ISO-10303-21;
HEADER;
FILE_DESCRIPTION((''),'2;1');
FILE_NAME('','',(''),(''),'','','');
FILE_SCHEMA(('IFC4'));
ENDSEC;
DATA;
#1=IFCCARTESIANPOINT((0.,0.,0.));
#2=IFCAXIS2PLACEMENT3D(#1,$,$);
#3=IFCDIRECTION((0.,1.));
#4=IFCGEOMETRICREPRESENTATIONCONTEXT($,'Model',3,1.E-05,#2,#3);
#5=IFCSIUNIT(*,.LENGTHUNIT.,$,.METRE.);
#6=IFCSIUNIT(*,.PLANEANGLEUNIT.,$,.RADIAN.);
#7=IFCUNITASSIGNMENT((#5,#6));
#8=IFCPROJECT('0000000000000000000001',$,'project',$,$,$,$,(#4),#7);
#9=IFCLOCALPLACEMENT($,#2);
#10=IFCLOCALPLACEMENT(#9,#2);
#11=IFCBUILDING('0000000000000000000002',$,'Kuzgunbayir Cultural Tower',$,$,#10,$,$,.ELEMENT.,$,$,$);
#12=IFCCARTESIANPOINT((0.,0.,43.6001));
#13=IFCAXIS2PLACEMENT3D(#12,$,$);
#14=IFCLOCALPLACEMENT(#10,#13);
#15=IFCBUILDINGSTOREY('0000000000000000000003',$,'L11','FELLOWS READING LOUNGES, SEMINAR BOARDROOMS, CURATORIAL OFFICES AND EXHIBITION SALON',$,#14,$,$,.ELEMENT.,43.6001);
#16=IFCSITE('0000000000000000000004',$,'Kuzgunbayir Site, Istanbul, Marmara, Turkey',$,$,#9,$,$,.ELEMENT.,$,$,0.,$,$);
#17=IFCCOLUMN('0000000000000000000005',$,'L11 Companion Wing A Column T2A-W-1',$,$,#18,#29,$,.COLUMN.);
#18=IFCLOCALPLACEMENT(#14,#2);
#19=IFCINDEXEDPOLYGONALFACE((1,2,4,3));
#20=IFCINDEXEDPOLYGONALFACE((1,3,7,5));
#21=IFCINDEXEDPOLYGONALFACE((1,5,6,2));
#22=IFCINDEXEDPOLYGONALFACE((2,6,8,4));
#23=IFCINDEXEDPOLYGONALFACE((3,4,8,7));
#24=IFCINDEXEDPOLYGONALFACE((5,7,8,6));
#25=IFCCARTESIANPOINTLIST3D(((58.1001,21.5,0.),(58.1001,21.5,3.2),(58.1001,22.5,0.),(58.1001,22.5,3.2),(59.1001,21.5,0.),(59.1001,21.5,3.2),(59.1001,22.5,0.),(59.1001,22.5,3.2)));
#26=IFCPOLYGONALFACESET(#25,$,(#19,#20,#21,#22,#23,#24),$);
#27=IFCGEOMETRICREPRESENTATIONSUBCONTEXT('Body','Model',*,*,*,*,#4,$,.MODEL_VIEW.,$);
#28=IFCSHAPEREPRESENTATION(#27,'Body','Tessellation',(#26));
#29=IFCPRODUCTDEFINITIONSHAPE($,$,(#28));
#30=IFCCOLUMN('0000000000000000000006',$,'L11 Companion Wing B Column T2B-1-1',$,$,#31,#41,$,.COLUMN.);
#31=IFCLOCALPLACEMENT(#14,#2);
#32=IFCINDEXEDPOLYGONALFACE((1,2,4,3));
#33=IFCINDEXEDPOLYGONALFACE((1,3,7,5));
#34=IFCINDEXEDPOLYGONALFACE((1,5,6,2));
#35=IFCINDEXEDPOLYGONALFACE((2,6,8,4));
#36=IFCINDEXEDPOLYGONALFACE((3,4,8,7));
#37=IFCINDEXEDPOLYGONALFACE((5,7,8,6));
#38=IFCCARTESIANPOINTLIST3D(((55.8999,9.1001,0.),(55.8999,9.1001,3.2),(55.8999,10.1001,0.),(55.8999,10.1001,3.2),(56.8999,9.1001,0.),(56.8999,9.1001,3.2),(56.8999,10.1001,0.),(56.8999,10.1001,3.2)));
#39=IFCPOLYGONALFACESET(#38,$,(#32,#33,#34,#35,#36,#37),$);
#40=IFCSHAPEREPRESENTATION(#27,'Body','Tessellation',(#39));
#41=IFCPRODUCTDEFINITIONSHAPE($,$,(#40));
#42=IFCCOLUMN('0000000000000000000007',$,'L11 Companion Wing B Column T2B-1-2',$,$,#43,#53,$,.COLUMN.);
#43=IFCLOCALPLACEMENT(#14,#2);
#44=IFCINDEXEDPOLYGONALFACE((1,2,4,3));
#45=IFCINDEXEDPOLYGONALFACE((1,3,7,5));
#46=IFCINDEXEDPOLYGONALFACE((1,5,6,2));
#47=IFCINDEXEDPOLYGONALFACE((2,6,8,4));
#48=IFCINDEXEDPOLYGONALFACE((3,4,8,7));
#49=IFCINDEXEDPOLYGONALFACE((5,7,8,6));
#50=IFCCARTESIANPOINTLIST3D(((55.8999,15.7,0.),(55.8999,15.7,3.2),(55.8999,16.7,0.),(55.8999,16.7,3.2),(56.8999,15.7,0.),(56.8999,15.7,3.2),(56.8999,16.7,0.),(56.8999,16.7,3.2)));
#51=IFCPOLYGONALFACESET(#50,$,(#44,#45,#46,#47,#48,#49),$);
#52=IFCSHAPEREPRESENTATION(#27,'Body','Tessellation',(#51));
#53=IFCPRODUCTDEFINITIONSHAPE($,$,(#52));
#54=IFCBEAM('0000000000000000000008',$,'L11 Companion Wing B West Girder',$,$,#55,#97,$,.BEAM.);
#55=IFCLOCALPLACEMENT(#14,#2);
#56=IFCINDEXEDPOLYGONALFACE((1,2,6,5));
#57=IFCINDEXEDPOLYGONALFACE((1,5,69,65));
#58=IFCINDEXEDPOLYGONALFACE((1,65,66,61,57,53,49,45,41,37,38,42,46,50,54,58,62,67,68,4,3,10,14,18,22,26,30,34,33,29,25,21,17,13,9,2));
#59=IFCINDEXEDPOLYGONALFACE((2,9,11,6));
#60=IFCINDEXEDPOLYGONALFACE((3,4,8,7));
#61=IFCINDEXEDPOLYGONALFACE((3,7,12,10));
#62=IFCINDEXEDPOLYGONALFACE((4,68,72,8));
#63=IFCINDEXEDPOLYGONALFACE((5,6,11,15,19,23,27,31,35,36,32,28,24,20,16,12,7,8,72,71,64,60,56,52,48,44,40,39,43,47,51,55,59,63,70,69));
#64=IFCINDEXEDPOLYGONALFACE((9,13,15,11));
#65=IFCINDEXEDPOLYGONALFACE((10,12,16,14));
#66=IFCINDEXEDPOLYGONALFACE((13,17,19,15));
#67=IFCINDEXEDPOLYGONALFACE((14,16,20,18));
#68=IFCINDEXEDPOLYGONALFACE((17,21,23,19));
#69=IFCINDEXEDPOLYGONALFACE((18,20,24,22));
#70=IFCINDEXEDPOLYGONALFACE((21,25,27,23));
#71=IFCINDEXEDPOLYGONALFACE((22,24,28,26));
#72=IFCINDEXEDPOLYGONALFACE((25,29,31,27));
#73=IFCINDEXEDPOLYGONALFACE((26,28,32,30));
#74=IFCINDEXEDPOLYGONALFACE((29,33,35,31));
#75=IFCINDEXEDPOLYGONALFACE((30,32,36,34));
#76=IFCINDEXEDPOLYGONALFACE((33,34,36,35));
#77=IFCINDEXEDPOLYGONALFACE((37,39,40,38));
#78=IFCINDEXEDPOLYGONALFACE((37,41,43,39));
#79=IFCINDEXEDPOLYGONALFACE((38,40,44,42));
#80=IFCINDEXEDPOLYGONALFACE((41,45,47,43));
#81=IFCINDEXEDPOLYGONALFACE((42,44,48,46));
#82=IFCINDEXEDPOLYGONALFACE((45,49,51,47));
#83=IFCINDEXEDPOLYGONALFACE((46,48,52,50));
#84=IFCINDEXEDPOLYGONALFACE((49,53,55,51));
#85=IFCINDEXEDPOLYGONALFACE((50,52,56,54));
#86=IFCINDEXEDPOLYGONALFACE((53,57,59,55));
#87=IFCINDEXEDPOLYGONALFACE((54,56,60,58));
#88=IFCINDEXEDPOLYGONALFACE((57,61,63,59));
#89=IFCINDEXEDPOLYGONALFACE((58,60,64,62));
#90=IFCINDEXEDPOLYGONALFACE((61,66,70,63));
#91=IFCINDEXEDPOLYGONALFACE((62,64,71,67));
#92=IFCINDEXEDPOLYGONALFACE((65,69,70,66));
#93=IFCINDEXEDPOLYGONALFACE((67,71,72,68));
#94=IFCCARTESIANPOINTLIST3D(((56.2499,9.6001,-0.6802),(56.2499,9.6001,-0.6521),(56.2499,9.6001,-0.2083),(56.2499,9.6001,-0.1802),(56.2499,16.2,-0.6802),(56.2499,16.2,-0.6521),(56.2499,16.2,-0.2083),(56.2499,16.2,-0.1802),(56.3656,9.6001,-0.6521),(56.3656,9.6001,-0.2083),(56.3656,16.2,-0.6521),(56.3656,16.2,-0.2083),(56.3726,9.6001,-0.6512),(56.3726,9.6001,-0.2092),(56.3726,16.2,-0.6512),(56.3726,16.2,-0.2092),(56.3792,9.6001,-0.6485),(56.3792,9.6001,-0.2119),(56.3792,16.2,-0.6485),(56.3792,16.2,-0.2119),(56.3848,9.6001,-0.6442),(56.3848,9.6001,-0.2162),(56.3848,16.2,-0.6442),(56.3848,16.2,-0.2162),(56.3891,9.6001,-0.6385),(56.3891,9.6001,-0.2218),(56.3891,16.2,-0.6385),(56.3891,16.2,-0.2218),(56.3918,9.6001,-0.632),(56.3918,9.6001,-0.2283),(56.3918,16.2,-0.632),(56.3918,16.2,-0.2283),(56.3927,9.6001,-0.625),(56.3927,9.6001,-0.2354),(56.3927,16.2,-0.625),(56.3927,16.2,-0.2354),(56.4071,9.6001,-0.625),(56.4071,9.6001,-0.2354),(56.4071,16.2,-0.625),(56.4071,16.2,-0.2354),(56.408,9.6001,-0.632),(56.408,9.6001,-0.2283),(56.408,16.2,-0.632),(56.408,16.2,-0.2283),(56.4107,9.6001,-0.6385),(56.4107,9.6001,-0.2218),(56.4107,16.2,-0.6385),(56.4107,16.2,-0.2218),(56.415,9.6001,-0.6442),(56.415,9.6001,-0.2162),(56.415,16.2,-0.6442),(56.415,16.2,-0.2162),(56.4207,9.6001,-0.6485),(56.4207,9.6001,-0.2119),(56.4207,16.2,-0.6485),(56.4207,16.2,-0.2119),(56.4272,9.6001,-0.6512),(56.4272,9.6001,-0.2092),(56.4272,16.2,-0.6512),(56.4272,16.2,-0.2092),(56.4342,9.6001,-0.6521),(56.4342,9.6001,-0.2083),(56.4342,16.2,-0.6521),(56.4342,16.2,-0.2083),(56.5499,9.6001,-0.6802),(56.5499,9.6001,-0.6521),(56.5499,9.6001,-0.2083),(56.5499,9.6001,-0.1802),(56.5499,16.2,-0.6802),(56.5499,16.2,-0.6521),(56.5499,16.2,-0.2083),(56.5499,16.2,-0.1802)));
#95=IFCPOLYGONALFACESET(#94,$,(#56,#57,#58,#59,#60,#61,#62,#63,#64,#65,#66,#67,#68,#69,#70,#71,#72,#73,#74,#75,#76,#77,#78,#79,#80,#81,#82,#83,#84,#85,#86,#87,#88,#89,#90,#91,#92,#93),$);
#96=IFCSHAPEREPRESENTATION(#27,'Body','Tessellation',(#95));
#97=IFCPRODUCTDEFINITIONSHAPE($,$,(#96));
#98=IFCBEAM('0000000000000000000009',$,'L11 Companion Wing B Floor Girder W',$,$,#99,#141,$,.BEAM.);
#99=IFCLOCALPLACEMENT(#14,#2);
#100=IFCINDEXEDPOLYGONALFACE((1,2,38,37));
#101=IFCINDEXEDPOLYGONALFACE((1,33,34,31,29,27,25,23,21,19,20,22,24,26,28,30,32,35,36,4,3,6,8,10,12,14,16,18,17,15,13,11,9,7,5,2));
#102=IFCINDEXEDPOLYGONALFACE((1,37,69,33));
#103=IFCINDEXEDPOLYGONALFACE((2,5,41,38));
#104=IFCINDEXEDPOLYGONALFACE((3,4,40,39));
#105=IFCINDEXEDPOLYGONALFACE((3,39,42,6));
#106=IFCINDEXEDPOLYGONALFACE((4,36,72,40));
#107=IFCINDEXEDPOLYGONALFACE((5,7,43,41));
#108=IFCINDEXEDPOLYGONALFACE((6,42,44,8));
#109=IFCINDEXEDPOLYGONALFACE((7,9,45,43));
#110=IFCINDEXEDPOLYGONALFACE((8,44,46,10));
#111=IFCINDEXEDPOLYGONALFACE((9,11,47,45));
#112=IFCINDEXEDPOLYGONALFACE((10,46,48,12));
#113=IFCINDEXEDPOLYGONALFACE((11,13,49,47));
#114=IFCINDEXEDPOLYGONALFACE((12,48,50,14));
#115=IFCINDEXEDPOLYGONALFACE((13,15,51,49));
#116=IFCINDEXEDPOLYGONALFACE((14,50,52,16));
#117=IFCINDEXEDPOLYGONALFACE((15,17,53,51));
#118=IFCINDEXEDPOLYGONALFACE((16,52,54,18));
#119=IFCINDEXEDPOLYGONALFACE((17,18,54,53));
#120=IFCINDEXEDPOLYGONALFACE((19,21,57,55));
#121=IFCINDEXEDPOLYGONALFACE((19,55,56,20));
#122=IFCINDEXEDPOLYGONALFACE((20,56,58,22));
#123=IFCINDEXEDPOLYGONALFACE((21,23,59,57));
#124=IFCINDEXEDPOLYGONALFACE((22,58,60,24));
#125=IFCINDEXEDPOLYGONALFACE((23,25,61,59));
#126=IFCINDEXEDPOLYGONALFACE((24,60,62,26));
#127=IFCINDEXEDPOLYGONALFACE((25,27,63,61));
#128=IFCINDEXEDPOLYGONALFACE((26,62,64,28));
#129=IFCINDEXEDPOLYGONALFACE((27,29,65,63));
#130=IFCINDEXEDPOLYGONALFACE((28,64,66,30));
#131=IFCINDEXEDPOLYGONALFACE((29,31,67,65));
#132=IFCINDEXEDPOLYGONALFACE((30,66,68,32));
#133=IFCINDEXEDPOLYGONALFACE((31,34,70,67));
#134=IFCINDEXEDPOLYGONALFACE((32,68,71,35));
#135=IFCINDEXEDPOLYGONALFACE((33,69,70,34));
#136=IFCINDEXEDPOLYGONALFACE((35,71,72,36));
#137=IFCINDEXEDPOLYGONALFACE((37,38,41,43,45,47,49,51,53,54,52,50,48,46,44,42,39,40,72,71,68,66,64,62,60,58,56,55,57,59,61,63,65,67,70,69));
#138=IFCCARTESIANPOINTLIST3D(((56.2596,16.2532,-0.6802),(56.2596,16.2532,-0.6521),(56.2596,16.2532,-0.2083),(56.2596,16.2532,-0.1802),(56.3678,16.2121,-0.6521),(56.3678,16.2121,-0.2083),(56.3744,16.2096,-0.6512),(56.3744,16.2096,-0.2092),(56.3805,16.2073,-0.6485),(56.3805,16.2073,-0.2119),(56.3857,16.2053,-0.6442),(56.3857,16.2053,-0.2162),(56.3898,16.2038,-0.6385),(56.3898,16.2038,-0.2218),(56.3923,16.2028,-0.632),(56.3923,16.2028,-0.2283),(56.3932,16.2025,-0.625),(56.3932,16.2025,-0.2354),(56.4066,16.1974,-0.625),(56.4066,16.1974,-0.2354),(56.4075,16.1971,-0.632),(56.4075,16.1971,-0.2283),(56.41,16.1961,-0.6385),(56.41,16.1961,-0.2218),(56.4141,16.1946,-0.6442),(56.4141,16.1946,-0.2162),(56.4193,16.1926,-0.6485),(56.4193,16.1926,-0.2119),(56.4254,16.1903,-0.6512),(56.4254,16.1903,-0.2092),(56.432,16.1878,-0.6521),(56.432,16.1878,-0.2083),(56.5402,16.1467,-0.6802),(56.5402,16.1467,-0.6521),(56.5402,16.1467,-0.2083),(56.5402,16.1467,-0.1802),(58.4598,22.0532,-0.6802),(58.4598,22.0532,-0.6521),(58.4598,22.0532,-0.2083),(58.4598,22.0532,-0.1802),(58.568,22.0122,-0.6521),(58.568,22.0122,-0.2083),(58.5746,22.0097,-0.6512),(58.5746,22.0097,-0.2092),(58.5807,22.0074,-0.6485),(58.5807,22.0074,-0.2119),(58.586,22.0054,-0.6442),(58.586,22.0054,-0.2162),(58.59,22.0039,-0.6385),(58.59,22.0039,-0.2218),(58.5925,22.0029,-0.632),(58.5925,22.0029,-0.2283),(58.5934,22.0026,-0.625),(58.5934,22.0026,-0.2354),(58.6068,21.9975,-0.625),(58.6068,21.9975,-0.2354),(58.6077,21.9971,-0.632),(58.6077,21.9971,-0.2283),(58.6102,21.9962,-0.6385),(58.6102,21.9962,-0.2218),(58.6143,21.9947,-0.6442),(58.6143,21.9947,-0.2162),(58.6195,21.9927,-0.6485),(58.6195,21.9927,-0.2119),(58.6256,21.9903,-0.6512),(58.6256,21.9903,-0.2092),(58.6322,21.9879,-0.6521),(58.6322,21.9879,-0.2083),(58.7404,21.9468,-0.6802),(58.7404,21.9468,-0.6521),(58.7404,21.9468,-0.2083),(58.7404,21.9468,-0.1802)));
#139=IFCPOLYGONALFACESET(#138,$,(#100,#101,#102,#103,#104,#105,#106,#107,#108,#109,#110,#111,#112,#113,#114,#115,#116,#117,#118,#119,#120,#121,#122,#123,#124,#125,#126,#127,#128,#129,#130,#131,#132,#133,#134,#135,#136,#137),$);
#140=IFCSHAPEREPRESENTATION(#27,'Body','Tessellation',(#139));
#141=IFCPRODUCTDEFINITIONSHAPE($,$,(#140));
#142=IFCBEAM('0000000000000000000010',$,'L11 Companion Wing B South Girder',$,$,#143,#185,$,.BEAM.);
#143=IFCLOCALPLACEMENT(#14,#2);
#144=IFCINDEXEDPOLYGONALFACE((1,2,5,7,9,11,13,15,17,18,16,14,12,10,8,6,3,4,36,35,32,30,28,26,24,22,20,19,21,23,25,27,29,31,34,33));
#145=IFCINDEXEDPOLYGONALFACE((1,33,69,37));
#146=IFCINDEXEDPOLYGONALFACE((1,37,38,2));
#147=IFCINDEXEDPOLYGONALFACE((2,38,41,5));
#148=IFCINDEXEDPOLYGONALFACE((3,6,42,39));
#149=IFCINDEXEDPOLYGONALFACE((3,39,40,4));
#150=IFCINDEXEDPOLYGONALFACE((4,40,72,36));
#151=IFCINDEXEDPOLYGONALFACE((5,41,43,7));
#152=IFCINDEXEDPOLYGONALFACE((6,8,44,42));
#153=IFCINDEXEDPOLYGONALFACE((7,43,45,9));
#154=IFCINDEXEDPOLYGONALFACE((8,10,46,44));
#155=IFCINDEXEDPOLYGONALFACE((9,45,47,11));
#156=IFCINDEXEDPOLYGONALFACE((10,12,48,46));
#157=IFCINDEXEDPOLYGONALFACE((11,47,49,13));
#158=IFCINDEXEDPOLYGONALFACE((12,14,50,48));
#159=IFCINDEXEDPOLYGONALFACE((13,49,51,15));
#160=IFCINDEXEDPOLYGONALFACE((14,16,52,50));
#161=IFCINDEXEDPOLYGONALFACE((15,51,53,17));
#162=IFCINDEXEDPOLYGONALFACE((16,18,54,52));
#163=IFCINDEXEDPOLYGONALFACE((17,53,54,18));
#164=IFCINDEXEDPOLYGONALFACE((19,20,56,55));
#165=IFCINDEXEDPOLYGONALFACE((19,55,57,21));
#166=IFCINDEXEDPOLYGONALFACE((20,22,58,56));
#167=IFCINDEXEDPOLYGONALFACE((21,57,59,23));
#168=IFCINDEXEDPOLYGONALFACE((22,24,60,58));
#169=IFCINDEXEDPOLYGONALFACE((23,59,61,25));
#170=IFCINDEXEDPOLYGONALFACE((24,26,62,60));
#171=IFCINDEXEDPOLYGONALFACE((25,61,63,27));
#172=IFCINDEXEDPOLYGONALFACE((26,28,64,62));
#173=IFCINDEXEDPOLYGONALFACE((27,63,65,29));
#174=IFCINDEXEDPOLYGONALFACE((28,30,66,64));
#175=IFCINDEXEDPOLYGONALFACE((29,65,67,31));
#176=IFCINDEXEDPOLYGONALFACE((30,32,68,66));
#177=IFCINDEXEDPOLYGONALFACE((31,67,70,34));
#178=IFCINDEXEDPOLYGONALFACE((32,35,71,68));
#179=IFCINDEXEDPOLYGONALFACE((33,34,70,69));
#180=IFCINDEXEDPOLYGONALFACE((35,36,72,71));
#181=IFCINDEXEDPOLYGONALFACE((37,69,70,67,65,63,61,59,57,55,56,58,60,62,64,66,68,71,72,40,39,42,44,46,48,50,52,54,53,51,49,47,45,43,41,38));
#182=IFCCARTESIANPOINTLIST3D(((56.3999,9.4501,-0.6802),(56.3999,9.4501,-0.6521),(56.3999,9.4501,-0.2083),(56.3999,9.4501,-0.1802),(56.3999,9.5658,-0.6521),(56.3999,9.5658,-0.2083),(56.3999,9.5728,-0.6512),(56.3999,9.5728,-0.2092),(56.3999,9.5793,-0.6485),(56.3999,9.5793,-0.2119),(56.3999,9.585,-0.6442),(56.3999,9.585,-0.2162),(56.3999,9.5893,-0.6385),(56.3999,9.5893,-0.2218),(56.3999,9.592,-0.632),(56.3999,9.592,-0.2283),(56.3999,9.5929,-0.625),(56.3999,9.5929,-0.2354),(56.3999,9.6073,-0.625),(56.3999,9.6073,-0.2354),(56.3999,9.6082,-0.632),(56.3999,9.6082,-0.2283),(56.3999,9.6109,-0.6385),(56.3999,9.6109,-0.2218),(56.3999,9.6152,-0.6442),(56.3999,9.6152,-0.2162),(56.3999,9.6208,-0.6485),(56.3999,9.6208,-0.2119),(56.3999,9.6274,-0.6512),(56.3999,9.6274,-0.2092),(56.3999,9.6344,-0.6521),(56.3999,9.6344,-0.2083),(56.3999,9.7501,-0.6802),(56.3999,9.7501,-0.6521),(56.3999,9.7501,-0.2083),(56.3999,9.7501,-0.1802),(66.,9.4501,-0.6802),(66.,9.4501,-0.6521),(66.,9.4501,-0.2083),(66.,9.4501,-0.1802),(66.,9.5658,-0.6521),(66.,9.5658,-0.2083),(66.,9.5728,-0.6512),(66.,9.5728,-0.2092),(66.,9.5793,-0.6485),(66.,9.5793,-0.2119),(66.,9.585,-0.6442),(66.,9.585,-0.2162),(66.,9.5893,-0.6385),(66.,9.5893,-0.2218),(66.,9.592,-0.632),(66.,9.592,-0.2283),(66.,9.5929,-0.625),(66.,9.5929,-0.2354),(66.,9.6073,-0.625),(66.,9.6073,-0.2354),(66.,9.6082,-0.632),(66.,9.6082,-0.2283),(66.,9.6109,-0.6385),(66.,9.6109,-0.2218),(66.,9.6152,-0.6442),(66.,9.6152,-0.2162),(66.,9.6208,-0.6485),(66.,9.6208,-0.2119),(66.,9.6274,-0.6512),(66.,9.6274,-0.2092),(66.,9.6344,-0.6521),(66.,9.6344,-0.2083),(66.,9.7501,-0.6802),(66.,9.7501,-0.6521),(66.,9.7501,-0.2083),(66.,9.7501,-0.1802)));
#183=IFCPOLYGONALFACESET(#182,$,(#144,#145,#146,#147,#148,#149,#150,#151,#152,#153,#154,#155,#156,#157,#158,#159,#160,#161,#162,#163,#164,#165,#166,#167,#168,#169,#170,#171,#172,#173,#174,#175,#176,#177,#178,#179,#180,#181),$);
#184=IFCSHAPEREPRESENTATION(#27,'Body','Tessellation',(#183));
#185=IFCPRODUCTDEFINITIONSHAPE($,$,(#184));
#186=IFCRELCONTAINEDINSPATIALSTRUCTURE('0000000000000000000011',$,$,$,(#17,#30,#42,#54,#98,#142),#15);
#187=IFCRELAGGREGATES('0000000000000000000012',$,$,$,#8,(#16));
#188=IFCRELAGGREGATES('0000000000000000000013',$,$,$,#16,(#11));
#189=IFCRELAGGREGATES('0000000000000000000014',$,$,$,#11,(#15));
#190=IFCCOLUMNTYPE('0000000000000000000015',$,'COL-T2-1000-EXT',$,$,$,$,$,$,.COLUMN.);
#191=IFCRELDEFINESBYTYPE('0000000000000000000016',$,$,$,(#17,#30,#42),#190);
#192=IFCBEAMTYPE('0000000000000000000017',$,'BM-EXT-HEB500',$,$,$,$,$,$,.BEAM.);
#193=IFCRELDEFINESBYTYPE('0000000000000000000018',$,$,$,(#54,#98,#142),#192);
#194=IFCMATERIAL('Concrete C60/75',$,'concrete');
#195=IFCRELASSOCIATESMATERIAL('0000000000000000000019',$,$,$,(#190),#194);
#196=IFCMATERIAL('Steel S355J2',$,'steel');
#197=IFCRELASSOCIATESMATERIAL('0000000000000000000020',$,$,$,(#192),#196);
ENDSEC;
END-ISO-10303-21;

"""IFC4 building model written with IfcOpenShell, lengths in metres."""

from ifc_helpers import new_model, si_unit, direction, frame, origin, origin_2d, place, context, subcontext, project, spatial, rectangle, i_section, extrude, material, material_profile, profile_set, type_object, element, save


model = new_model("IFC4")

# Units and contexts
model_context = context("Model", 3, precision=1e-05, world=origin(), true_north=direction((0.0, 1.0)))
body_context = subcontext(model_context, "Body", "Model", "MODEL_VIEW")
ifc_project = project(units=[si_unit("LENGTHUNIT", "METRE"), si_unit("PLANEANGLEUNIT", "RADIAN")], contexts=[model_context])

# Site, building, storey
site_placement = place(None, origin())
site = spatial("IfcSite", under=ifc_project, at=site_placement, Name="Kuzgunbayir Site, Istanbul, Marmara, Turkey", CompositionType="ELEMENT", RefElevation=0.0)
building_placement = place(site_placement, origin())
building = spatial("IfcBuilding", under=site, at=building_placement, Name="Kuzgunbayir Cultural Tower", CompositionType="ELEMENT")
storey_placement = place(building_placement, frame((0.0, 0.0, 43.6001)))
storey = spatial("IfcBuildingStorey", under=building, at=storey_placement, Name="L11", Description="FELLOWS READING LOUNGES, SEMINAR BOARDROOMS, CURATORIAL OFFICES AND EXHIBITION SALON", CompositionType="ELEMENT", Elevation=43.6001)

# Columns
ifc_material_1 = material(Name="Concrete C60/75", Category="concrete")
ifc_material_profile_1 = material_profile(ifc_material_1, rectangle(XDim=1.0, YDim=1.0, at=origin_2d()), Name="RC 1000x1000")
ifc_profile_set_1 = profile_set([ifc_material_profile_1], Name="Concrete C60/75")
column_type = type_object("IfcColumnType", Name="COL-T2-1000-EXT", PredefinedType="COLUMN", material=ifc_profile_set_1)
for number, where, z_axis, x_axis, name in (
    (1, (58.6001, 22.0, 0.0), (0.0, 0.0, 1.0), (1.0, 0.0, 0.0), "L11 Companion Wing A Column T2A-W-1"),
    (2, (56.3999, 9.6001, 0.0), (0.0, 0.0, 1.0), (1.0, 0.0, 0.0), "L11 Companion Wing B Column T2B-1-1"),
    (3, (56.3999, 16.2, 0.0), (0.0, 0.0, 1.0), (1.0, 0.0, 0.0), "L11 Companion Wing B Column T2B-1-2"),
):
    element("IfcColumn", number, at=place(storey_placement, frame(where, z_axis=z_axis, x_axis=x_axis)), inside=storey, type_object=column_type, Name=name, PredefinedType="COLUMN", context=body_context, shape_type="SweptSolid", body=[
        extrude(rectangle(XDim=1.0, YDim=1.0, at=origin_2d()), origin(), (0.0, 0.0, 1.0), 3.2),
    ])

# Beams
ifc_material_2 = material(Name="Steel S355J2", Category="steel")
ifc_material_profile_2 = material_profile(ifc_material_2, i_section(OverallWidth=0.3, OverallDepth=0.5, WebThickness=0.0144, FlangeThickness=0.0281, FilletRadius=0.0271, at=origin_2d()), Name="HEB 500")
ifc_profile_set_2 = profile_set([ifc_material_profile_2], Name="Steel S355J2")
beam_type_1 = type_object("IfcBeamType", Name="BM-EXT-HEB500", PredefinedType="BEAM", material=ifc_profile_set_2)
beam_1_placement = place(storey_placement, frame((56.3999, 9.6001, -0.4302), z_axis=(0.0, 1.0, 0.0), x_axis=(-1.0, 0.0, 0.0)))
element("IfcBeam", 4, at=beam_1_placement, inside=storey, type_object=beam_type_1, Name="L11 Companion Wing B West Girder", PredefinedType="BEAM", context=body_context, shape_type="SweptSolid", body=[
    extrude(i_section(OverallWidth=0.3, OverallDepth=0.5, WebThickness=0.0144, FlangeThickness=0.0281, FilletRadius=0.0271, at=origin_2d()), origin(), (0.0, 0.0, 1.0), 6.5999),
])
beam_2_placement = place(storey_placement, frame((56.3999, 16.2, -0.4302), z_axis=(0.354679, 0.934988, 0.0), x_axis=(-0.934988, 0.354679, 0.0)))
element("IfcBeam", 5, at=beam_2_placement, inside=storey, type_object=beam_type_1, Name="L11 Companion Wing B Floor Girder W", PredefinedType="BEAM", context=body_context, shape_type="SweptSolid", body=[
    extrude(i_section(OverallWidth=0.3, OverallDepth=0.5, WebThickness=0.0144, FlangeThickness=0.0281, FilletRadius=0.0271, at=origin_2d()), origin(), (0.0, 0.0, 1.0), 6.2034),
])
beam_3_placement = place(storey_placement, frame((56.3999, 9.6001, -0.4302), z_axis=(1.0, 0.0, 0.0), x_axis=(0.0, 1.0, 0.0)))
element("IfcBeam", 6, at=beam_3_placement, inside=storey, type_object=beam_type_1, Name="L11 Companion Wing B South Girder", PredefinedType="BEAM", context=body_context, shape_type="SweptSolid", body=[
    extrude(i_section(OverallWidth=0.3, OverallDepth=0.5, WebThickness=0.0144, FlangeThickness=0.0281, FilletRadius=0.0271, at=origin_2d()), origin(), (0.0, 0.0, 1.0), 9.6001),
])

save(model, "model.ifc")
